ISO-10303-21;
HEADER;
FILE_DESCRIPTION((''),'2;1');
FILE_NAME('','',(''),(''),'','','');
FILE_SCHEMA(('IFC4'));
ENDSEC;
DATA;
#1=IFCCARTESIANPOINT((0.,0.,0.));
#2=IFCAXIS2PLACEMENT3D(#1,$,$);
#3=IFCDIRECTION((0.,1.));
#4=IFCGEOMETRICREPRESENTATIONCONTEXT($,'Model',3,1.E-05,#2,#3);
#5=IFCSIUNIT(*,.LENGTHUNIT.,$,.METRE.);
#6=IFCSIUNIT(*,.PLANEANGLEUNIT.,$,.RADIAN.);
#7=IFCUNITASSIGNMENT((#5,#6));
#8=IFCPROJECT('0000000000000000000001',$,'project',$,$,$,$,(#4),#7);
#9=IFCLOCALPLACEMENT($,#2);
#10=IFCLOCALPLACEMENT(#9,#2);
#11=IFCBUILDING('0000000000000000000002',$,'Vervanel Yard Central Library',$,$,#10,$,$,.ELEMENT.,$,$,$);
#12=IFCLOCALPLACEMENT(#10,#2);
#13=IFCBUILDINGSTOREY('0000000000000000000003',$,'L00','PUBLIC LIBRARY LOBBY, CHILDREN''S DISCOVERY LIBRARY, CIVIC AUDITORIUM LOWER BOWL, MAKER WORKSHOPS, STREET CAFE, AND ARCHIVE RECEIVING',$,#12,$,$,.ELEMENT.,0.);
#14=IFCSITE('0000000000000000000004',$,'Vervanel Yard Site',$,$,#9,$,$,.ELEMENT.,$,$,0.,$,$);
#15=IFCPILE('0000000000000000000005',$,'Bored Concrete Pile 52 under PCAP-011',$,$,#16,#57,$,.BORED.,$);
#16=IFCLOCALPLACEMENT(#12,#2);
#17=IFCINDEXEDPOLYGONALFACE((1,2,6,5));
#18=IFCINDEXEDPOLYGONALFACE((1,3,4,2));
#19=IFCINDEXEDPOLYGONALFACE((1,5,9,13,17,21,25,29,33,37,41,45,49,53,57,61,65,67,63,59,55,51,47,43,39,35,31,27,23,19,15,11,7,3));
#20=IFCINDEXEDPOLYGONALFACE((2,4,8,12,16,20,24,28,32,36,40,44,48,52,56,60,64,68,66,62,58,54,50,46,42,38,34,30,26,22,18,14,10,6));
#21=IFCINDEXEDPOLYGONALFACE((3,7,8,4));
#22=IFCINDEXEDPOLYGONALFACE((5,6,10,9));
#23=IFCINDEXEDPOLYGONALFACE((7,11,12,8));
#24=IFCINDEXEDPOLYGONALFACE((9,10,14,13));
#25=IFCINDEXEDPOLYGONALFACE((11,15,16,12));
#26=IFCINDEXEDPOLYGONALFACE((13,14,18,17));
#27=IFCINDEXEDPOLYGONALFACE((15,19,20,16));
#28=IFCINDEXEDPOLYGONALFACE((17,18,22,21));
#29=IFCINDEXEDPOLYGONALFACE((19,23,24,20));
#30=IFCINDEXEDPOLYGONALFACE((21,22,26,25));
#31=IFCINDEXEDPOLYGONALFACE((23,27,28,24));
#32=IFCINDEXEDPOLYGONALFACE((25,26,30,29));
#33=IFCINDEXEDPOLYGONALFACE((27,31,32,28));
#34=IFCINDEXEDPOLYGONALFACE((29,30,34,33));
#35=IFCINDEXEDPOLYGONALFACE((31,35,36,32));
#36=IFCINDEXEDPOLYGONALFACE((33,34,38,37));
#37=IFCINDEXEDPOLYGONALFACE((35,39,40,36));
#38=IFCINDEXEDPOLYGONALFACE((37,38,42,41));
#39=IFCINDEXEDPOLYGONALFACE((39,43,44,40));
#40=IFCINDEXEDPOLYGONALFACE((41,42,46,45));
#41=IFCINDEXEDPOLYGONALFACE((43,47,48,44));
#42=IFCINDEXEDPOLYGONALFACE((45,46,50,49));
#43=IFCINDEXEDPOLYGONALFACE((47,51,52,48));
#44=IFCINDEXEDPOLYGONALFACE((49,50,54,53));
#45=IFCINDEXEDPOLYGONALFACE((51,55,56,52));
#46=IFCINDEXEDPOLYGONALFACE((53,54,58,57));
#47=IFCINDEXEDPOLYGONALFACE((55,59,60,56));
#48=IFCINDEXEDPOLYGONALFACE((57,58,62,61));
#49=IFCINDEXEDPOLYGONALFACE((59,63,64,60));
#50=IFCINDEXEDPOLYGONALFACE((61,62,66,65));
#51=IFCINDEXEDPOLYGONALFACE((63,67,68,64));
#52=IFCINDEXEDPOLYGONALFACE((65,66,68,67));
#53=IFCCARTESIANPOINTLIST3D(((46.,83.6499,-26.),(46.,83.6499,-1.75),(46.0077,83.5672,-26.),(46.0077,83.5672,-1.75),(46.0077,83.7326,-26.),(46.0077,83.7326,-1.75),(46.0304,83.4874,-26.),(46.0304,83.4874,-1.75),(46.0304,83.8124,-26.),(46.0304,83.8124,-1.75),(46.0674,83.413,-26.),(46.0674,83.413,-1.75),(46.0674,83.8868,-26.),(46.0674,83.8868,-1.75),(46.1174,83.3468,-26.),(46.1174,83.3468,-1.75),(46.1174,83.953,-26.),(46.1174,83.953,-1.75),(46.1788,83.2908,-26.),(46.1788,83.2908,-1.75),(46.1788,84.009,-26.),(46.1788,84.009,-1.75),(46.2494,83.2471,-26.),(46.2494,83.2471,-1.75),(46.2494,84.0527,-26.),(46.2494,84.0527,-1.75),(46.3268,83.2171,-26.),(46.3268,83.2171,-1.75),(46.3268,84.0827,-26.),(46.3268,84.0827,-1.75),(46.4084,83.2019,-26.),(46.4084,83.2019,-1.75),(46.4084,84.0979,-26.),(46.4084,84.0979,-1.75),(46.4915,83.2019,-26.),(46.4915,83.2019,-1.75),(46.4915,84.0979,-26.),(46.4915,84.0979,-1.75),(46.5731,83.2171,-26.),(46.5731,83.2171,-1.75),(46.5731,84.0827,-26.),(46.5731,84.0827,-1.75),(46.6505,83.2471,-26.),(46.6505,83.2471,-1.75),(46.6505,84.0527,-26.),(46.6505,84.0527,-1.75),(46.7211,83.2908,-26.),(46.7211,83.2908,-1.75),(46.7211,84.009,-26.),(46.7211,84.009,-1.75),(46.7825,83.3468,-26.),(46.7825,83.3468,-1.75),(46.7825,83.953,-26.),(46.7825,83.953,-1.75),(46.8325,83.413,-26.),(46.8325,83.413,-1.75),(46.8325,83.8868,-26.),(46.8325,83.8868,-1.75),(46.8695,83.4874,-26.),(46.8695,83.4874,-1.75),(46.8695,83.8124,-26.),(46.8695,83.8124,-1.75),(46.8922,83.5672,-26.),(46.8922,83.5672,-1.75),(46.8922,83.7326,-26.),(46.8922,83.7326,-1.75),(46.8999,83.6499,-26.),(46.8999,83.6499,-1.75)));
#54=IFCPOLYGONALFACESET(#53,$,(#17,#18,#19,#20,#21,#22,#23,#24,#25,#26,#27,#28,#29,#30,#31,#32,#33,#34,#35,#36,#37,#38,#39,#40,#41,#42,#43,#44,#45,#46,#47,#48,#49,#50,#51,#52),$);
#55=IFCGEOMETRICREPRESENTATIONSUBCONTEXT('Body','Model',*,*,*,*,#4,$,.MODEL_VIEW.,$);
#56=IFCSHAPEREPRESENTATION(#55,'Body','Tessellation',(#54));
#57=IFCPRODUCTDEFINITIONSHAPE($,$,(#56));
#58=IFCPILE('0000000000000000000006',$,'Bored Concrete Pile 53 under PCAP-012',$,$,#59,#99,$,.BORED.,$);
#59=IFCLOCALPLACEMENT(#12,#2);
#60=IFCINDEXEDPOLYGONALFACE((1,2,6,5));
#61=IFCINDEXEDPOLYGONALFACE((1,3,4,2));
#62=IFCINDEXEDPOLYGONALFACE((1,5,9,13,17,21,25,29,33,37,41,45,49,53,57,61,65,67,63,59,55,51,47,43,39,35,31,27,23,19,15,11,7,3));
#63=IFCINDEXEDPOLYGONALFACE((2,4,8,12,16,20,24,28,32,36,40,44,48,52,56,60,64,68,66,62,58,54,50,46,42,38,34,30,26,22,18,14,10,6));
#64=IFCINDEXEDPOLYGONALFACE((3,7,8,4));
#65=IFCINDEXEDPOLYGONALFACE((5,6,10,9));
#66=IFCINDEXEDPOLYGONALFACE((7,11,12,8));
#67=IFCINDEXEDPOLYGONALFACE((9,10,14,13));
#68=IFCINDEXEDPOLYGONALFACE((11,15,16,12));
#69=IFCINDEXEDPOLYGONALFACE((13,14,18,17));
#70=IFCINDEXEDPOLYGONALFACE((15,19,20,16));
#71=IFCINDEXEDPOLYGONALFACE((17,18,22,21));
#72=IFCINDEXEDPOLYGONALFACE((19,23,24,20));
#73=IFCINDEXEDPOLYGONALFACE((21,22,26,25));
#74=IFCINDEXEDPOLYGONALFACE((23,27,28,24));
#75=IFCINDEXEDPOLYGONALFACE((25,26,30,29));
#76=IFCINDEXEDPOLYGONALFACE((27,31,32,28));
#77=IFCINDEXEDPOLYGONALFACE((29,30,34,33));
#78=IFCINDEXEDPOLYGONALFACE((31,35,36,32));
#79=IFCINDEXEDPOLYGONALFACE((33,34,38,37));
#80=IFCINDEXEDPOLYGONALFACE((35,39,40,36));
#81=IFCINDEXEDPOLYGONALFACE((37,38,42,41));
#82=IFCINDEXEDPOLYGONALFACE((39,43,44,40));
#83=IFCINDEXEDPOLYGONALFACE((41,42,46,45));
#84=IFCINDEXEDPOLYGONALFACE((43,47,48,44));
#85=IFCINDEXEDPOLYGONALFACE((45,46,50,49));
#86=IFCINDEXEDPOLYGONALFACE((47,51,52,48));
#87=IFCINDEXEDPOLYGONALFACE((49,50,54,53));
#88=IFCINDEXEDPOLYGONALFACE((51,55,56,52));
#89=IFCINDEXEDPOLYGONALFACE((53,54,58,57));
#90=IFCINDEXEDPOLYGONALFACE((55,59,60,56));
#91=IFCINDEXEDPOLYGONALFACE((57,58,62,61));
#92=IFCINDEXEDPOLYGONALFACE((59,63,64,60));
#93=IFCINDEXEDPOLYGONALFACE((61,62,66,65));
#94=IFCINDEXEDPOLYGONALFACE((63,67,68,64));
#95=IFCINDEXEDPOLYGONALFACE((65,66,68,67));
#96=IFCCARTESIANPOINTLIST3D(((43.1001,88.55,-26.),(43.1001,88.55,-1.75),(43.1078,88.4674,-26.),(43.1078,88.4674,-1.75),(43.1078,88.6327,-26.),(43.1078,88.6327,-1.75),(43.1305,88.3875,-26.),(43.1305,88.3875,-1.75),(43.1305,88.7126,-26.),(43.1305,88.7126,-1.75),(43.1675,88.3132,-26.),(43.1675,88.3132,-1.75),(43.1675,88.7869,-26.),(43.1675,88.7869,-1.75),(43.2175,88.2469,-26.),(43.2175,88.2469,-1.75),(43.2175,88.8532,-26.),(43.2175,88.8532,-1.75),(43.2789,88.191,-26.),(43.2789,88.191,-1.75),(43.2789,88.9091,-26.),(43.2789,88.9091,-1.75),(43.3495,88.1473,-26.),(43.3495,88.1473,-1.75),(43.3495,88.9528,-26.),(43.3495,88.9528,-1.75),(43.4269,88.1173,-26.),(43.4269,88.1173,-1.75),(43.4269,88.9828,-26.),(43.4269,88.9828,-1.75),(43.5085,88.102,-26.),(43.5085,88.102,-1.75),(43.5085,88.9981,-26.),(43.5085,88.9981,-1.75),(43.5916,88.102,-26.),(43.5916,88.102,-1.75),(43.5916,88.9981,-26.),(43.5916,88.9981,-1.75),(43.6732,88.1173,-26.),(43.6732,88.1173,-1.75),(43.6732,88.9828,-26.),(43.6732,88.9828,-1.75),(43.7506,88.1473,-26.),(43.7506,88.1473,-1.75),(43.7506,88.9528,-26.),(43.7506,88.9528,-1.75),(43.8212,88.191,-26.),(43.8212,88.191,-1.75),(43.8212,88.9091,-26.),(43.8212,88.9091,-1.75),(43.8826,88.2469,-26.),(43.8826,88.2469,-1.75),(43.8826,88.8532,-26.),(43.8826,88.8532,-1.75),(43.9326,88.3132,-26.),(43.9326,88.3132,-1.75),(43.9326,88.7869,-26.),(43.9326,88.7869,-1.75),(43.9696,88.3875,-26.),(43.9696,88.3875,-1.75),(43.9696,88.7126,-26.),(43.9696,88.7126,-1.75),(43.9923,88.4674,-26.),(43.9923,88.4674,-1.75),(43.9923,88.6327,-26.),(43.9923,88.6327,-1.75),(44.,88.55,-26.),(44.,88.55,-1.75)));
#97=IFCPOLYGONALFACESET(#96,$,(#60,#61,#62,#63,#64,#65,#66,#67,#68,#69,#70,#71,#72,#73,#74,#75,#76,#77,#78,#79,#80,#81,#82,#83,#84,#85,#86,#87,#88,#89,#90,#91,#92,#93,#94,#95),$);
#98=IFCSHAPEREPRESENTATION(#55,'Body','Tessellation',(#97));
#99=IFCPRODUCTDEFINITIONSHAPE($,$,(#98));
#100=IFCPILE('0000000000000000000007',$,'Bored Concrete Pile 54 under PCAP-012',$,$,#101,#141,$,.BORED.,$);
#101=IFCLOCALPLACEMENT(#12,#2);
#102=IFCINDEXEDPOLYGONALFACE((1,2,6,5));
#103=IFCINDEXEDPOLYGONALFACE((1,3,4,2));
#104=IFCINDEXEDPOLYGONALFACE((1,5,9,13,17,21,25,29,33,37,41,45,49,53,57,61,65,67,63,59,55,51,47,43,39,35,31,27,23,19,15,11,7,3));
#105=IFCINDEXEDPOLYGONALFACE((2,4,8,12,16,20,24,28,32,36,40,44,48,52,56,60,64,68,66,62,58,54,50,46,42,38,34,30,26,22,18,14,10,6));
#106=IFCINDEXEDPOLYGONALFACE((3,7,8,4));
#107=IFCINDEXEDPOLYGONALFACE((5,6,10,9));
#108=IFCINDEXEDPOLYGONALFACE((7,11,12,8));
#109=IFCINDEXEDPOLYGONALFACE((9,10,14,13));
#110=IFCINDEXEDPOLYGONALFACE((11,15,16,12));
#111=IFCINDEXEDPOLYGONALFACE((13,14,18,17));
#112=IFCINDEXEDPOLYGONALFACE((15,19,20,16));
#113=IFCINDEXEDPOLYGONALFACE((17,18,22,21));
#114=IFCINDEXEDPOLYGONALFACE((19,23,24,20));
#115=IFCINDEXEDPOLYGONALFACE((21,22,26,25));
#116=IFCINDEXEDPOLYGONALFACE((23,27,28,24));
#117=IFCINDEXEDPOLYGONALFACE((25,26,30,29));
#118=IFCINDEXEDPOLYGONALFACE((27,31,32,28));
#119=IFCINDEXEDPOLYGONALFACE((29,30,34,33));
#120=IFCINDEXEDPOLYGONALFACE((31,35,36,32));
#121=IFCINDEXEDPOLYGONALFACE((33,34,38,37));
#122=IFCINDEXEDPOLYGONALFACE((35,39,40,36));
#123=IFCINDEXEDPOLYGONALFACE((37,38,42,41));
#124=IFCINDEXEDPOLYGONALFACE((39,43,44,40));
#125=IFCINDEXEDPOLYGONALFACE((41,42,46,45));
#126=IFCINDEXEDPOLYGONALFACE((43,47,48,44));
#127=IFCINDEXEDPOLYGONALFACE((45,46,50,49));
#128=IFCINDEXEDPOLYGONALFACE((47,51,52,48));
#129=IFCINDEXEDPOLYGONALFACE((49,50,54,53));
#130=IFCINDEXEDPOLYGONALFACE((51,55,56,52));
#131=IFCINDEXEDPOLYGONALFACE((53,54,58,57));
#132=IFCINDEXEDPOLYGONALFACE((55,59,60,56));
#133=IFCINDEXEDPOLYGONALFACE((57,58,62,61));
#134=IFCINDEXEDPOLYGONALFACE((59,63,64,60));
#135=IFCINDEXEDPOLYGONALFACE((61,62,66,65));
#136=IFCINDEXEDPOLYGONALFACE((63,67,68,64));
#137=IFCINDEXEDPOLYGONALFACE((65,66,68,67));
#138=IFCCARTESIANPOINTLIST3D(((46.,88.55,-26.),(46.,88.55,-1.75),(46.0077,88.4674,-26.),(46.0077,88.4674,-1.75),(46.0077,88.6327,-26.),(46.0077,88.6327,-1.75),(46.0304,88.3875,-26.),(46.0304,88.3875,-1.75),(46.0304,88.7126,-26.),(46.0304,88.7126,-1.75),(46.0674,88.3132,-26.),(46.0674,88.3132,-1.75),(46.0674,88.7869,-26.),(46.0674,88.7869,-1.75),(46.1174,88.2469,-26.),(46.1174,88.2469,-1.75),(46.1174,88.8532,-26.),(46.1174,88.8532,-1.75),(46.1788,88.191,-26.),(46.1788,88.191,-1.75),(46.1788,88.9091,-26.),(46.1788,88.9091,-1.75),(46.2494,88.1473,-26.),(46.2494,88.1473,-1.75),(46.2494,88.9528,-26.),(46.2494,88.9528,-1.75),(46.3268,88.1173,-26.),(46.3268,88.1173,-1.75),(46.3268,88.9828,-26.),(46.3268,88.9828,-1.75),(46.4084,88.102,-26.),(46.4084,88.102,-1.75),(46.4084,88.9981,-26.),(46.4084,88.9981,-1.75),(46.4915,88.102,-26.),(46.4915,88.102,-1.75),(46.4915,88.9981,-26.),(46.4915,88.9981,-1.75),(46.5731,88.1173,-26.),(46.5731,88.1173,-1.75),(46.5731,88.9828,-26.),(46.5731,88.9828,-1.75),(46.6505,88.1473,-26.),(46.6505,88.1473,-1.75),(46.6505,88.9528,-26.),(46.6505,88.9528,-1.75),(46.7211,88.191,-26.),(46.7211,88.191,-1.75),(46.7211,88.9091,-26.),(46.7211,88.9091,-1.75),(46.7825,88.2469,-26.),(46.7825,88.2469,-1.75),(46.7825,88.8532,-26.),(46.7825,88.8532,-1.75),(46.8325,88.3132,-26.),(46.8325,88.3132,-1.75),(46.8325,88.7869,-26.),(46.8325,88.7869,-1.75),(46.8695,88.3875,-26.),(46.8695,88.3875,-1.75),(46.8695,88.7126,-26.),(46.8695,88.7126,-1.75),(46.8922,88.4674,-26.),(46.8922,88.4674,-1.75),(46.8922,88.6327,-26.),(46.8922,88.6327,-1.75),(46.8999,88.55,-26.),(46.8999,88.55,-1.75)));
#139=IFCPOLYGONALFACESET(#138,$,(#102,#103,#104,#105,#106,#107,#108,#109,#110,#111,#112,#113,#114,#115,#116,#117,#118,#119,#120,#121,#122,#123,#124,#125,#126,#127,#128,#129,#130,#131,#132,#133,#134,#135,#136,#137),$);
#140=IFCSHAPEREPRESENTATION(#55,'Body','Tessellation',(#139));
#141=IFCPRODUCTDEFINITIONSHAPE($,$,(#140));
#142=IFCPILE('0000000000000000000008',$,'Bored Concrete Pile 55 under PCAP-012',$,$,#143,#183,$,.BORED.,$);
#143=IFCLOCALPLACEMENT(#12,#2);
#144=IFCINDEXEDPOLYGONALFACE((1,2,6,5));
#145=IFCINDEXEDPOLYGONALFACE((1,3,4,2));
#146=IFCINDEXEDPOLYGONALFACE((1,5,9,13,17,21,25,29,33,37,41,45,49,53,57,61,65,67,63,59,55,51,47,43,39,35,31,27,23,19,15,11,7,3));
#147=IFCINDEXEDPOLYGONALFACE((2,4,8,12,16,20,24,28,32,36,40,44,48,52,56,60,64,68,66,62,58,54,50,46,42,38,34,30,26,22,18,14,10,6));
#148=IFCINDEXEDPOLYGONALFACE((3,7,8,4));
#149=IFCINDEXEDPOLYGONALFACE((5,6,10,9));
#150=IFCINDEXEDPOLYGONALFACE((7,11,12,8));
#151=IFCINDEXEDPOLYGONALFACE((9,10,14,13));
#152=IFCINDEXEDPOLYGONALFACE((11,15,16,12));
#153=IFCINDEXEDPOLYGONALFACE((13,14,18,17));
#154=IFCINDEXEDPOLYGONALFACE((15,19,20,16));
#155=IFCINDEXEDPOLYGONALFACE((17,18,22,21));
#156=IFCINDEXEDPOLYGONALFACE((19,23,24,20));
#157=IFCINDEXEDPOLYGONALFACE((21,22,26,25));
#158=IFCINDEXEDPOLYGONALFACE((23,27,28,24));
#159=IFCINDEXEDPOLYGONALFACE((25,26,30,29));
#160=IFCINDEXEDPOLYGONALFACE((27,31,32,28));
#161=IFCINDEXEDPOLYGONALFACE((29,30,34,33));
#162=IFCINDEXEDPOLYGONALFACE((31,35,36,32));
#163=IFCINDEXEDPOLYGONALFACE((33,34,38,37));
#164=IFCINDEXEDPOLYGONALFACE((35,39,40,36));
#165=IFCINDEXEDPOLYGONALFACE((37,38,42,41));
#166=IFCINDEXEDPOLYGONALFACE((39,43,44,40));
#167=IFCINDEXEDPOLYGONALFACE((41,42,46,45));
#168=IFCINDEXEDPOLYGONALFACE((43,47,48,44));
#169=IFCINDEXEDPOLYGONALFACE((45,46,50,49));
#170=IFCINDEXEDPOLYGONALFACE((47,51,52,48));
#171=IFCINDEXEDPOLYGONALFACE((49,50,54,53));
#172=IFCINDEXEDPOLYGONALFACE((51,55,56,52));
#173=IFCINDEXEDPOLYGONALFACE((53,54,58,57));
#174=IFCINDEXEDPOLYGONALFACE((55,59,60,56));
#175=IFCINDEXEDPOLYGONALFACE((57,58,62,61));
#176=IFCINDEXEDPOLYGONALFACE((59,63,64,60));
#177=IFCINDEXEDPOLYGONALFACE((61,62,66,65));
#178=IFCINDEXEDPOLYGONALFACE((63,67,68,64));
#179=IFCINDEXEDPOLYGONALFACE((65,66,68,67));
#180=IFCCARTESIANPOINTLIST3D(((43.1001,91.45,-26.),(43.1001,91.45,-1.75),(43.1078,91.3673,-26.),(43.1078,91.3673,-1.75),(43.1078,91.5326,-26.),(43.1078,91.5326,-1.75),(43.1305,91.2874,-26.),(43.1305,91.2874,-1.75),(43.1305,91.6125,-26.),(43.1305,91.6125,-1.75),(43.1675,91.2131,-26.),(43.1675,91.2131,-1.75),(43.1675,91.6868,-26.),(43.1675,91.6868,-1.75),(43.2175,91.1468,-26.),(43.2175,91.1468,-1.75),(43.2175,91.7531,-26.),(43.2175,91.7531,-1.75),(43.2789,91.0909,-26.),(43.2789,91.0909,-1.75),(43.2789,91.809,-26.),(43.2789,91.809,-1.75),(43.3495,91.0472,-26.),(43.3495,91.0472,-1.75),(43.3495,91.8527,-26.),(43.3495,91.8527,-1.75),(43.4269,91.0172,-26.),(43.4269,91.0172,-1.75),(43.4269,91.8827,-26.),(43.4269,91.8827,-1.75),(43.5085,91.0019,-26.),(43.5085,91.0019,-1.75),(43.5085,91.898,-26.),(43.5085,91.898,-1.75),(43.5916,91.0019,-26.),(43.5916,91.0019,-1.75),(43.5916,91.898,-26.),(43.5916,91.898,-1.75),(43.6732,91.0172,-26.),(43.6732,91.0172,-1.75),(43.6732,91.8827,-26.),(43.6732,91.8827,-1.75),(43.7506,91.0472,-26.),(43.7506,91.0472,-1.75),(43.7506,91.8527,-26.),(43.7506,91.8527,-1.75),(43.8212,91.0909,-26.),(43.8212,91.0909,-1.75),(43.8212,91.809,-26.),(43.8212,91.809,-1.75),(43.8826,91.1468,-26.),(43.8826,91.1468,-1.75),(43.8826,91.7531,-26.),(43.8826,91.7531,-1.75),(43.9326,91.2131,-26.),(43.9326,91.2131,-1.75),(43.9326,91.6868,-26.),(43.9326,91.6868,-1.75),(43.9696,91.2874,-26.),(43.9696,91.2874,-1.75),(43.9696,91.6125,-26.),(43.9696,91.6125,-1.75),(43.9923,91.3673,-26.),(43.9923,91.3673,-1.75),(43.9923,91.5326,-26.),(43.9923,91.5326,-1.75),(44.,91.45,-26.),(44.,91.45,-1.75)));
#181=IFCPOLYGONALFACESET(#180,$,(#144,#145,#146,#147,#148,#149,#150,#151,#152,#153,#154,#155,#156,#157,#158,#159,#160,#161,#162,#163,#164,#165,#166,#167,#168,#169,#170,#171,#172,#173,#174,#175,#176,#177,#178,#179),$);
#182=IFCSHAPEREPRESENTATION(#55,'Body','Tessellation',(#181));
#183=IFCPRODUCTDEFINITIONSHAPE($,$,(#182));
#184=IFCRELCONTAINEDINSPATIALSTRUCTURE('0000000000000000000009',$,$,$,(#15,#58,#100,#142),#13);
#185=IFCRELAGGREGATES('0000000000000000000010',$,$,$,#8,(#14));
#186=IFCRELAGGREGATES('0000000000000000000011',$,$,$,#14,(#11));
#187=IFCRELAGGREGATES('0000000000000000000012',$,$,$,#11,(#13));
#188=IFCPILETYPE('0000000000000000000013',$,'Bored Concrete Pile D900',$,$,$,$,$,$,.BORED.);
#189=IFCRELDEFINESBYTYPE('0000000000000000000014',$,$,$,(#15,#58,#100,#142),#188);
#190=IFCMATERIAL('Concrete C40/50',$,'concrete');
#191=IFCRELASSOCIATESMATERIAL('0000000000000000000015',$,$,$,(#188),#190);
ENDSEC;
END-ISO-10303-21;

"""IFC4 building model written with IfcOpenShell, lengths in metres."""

from ifc_helpers import new_model, si_unit, direction, frame, origin, origin_2d, place, context, subcontext, project, spatial, circle, extrude, material, material_profile, profile_set, type_object, element, save


model = new_model("IFC4")

# Units and contexts
model_context = context("Model", 3, precision=1e-05, world=origin(), true_north=direction((0.0, 1.0)))
body_context = subcontext(model_context, "Body", "Model", "MODEL_VIEW")
ifc_project = project(units=[si_unit("LENGTHUNIT", "METRE"), si_unit("PLANEANGLEUNIT", "RADIAN")], contexts=[model_context])

# Site, building, storey
site_placement = place(None, origin())
site = spatial("IfcSite", under=ifc_project, at=site_placement, Name="Vervanel Yard Site", CompositionType="ELEMENT", RefElevation=0.0)
building_placement = place(site_placement, origin())
building = spatial("IfcBuilding", under=site, at=building_placement, Name="Vervanel Yard Central Library", CompositionType="ELEMENT")
storey_placement = place(building_placement, origin())
storey = spatial("IfcBuildingStorey", under=building, at=storey_placement, Name="L00", Description="PUBLIC LIBRARY LOBBY, CHILDREN'S DISCOVERY LIBRARY, CIVIC AUDITORIUM LOWER BOWL, MAKER WORKSHOPS, STREET CAFE, AND ARCHIVE RECEIVING", CompositionType="ELEMENT", Elevation=0.0)

# Piles
ifc_material_1 = material(Name="Concrete C40/50", Category="concrete")
ifc_material_profile_1 = material_profile(ifc_material_1, circle(Radius=0.45, at=origin_2d()), Name="BP D900", Category="concrete")
ifc_profile_set_1 = profile_set([ifc_material_profile_1], Name="Concrete C40/50")
pile_type = type_object("IfcPileType", Name="Bored Concrete Pile D900", PredefinedType="BORED", material=ifc_profile_set_1)
for number, where, z_axis, x_axis, name in (
    (1, (46.45, 83.6499, -1.75), (0.0, 0.0, -1.0), (1.0, 0.0, 0.0), "Bored Concrete Pile 52 under PCAP-011"),
    (2, (43.55, 88.55, -1.75), (0.0, 0.0, -1.0), (1.0, 0.0, 0.0), "Bored Concrete Pile 53 under PCAP-012"),
    (3, (46.45, 88.55, -1.75), (0.0, 0.0, -1.0), (1.0, 0.0, 0.0), "Bored Concrete Pile 54 under PCAP-012"),
    (4, (43.55, 91.45, -1.75), (0.0, 0.0, -1.0), (1.0, 0.0, 0.0), "Bored Concrete Pile 55 under PCAP-012"),
):
    element("IfcPile", number, at=place(storey_placement, frame(where, z_axis=z_axis, x_axis=x_axis)), inside=storey, type_object=pile_type, Name=name, PredefinedType="BORED", context=body_context, shape_type="SweptSolid", body=[
        extrude(circle(Radius=0.45, at=origin_2d()), origin(), (0.0, 0.0, 1.0), 24.25),
    ])

save(model, "model.ifc")
